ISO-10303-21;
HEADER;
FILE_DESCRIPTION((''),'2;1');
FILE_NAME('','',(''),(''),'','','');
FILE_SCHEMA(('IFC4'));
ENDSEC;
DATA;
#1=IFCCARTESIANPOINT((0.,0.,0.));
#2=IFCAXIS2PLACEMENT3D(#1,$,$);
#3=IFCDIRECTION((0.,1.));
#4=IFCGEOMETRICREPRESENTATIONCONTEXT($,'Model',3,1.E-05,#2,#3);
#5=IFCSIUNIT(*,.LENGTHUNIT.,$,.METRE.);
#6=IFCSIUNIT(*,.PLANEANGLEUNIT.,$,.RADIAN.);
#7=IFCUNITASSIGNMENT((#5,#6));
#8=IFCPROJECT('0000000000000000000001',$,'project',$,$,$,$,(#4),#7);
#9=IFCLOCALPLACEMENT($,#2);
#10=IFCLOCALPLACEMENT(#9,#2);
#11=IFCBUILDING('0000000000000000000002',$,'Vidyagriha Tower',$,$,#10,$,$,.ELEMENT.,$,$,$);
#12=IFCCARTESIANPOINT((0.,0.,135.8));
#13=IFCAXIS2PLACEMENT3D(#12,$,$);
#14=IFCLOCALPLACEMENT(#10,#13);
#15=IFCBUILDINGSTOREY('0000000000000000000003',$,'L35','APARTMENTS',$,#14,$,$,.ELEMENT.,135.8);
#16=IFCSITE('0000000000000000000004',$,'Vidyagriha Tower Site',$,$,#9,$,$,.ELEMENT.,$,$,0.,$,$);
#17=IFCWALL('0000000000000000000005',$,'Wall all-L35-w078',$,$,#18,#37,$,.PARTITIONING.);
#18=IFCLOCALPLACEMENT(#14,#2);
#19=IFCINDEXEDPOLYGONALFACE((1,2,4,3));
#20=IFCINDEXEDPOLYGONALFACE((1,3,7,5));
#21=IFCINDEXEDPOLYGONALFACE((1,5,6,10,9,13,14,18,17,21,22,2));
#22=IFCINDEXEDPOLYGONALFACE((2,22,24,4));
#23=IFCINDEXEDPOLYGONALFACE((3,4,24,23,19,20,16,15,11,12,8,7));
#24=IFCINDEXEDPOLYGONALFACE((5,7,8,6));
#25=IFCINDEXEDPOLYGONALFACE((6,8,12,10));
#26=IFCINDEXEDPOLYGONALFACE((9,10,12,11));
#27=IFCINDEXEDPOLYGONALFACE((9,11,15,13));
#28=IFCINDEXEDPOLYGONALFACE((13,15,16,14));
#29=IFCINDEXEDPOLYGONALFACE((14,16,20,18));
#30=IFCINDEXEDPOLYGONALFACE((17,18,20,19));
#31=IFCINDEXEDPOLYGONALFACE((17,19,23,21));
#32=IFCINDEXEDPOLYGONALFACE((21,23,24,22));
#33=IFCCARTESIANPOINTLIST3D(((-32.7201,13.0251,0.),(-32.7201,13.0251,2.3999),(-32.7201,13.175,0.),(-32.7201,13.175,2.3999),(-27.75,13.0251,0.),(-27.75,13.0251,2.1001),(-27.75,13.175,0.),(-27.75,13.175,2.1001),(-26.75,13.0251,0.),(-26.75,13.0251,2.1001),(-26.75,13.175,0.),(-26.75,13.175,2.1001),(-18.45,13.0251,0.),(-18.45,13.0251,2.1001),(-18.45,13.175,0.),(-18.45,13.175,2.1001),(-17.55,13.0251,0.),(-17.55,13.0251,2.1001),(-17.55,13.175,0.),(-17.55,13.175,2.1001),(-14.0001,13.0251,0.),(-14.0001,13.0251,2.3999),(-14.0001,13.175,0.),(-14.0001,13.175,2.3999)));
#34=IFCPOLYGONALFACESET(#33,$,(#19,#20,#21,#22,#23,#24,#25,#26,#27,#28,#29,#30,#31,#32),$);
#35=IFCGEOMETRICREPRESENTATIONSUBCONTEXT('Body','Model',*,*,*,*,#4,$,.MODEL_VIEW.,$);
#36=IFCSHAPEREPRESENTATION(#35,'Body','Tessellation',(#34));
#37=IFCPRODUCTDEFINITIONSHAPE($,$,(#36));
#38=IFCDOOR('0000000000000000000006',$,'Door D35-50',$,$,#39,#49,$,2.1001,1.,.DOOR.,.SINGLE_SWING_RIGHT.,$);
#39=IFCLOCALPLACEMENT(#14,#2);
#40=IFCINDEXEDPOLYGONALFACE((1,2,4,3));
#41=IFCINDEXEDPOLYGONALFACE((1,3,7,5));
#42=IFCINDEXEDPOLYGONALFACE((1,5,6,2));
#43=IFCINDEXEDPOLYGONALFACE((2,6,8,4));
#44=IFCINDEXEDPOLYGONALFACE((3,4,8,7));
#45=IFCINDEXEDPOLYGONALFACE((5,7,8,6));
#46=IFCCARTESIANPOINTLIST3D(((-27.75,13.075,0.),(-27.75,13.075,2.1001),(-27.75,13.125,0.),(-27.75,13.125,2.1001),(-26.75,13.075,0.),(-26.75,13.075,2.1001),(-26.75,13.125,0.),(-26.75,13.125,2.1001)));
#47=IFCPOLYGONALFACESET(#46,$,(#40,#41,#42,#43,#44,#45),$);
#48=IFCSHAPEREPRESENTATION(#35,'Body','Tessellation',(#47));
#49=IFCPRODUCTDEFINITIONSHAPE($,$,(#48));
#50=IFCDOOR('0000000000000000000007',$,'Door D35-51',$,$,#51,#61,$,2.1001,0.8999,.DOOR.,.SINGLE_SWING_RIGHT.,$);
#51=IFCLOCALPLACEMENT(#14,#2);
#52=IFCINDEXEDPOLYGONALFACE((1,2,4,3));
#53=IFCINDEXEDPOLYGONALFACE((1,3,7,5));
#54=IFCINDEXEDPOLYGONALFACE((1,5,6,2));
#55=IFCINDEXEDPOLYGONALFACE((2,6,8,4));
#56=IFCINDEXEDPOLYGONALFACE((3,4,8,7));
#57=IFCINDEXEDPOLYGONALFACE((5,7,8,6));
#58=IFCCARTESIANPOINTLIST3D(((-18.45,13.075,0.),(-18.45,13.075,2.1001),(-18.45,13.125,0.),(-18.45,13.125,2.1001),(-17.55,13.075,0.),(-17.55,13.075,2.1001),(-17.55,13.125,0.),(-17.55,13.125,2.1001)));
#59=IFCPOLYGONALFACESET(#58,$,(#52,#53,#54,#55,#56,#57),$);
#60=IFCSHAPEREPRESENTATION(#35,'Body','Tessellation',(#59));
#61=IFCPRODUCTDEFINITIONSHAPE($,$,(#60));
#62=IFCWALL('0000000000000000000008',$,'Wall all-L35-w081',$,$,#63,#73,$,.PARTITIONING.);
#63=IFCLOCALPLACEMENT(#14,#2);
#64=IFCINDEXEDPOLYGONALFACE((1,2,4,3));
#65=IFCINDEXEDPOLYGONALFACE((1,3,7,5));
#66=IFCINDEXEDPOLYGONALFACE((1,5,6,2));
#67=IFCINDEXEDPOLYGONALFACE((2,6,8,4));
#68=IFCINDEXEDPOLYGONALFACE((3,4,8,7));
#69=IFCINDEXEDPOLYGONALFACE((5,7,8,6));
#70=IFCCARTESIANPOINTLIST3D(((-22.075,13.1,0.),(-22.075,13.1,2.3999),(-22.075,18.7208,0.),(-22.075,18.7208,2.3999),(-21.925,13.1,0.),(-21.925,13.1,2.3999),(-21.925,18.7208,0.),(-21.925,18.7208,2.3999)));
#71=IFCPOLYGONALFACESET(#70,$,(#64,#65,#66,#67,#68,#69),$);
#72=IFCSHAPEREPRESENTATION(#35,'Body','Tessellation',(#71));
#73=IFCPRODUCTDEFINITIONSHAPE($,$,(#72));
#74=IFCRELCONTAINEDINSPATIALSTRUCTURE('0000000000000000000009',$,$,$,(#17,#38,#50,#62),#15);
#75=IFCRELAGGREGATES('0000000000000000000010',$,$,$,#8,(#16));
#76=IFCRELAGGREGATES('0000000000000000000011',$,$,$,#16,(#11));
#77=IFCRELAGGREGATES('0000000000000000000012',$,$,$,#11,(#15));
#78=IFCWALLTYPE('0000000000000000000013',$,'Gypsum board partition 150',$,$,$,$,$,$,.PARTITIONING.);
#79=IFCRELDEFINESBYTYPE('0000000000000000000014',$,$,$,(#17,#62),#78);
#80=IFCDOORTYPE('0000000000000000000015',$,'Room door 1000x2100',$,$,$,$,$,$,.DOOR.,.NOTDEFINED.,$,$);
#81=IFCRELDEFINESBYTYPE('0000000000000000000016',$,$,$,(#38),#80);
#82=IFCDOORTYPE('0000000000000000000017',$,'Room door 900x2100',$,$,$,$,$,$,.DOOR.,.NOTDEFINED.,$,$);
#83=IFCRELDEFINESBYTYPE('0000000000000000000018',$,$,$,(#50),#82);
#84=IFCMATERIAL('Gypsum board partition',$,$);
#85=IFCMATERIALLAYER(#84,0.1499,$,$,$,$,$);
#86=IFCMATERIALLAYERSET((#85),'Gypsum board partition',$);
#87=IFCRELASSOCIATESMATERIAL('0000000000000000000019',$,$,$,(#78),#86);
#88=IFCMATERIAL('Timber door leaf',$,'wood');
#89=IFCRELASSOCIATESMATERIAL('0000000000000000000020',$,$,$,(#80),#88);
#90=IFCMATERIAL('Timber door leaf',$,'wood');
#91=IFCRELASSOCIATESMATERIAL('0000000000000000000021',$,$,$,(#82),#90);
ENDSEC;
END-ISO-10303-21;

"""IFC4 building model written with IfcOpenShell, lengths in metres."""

from ifc_helpers import new_model, si_unit, direction, frame, frame_2d, origin, place, context, subcontext, project, spatial, rectangle, extrude, material, layer, layer_set, type_object, element, fill, save


model = new_model("IFC4")

# Units and contexts
model_context = context("Model", 3, precision=1e-05, world=origin(), true_north=direction((0.0, 1.0)))
body_context = subcontext(model_context, "Body", "Model", "MODEL_VIEW")
ifc_project = project(units=[si_unit("LENGTHUNIT", "METRE"), si_unit("PLANEANGLEUNIT", "RADIAN")], contexts=[model_context])

# Site, building, storey
site_placement = place(None, origin())
site = spatial("IfcSite", under=ifc_project, at=site_placement, Name="Vidyagriha Tower Site", CompositionType="ELEMENT", RefElevation=0.0)
building_placement = place(site_placement, origin())
building = spatial("IfcBuilding", under=site, at=building_placement, Name="Vidyagriha Tower", CompositionType="ELEMENT")
storey_placement = place(building_placement, frame((0.0, 0.0, 135.8)))
storey = spatial("IfcBuildingStorey", under=building, at=storey_placement, Name="L35", Description="APARTMENTS", CompositionType="ELEMENT", Elevation=135.8)

# Wall, openings, doors
ifc_material_1 = material(Name="Gypsum board partition")
ifc_layer_1 = layer(ifc_material_1, 0.1499)
ifc_layer_set_1 = layer_set([ifc_layer_1], Name="Gypsum board partition")
wall_type_1 = type_object("IfcWallType", Name="Gypsum board partition 150", PredefinedType="PARTITIONING", material=ifc_layer_set_1)
wall_1_placement = place(storey_placement, frame((-32.72, 13.1001, 0.0)))
wall_1 = element("IfcWall", 1, at=wall_1_placement, inside=storey, type_object=wall_type_1, Name="Wall all-L35-w078", PredefinedType="PARTITIONING", context=body_context, shape_type="SweptSolid", body=[
    extrude(rectangle(XDim=18.72, YDim=0.1499, at=frame_2d((9.3599, 0.0))), origin(), (0.0, 0.0, 1.0), 2.3999),
])
opening_1_placement = place(wall_1_placement, frame((4.97, 0.0, 0.0)))
opening_1 = element("IfcOpeningElement", 2, at=opening_1_placement, cuts=wall_1, PredefinedType="OPENING", context=body_context, shape_type="SweptSolid", body=[
    extrude(rectangle(XDim=1.0, YDim=2.1001, at=frame_2d((0.5, 1.05))), frame((0.0, 0.085, 0.0), z_axis=(0.0, -1.0, 0.0), x_axis=(1.0, 0.0, 0.0)), (0.0, 0.0, 1.0), 0.1699),
])
opening_2_placement = place(wall_1_placement, frame((14.27, 0.0, 0.0)))
opening_2 = element("IfcOpeningElement", 3, at=opening_2_placement, cuts=wall_1, PredefinedType="OPENING", context=body_context, shape_type="SweptSolid", body=[
    extrude(rectangle(XDim=0.8999, YDim=2.1001, at=frame_2d((0.45, 1.05))), frame((0.0, 0.085, 0.0), z_axis=(0.0, -1.0, 0.0), x_axis=(1.0, 0.0, 0.0)), (0.0, 0.0, 1.0), 0.1699),
])
ifc_material_2 = material(Name="Timber door leaf", Category="wood")
door_type_1 = type_object("IfcDoorType", Name="Room door 1000x2100", OperationType="NOTDEFINED", PredefinedType="DOOR", material=ifc_material_2)
door_1_placement = place(opening_1_placement, origin())
door_1 = element("IfcDoor", 4, at=door_1_placement, inside=storey, type_object=door_type_1, Name="Door D35-50", OperationType="SINGLE_SWING_RIGHT", OverallHeight=2.1001, OverallWidth=1.0, PredefinedType="DOOR", context=body_context, shape_type="SweptSolid", body=[
    extrude(rectangle(XDim=1.0, YDim=2.1001, at=frame_2d((0.5, 1.05))), frame((0.0, 0.0249, 0.0), z_axis=(0.0, -1.0, 0.0), x_axis=(1.0, 0.0, 0.0)), (0.0, 0.0, 1.0), 0.05),
])
fill(opening_1, door_1)
ifc_material_3 = material(Name="Timber door leaf", Category="wood")
door_type_2 = type_object("IfcDoorType", Name="Room door 900x2100", OperationType="NOTDEFINED", PredefinedType="DOOR", material=ifc_material_3)
door_2_placement = place(opening_2_placement, origin())
door_2 = element("IfcDoor", 5, at=door_2_placement, inside=storey, type_object=door_type_2, Name="Door D35-51", OperationType="SINGLE_SWING_RIGHT", OverallHeight=2.1001, OverallWidth=0.8999, PredefinedType="DOOR", context=body_context, shape_type="SweptSolid", body=[
    extrude(rectangle(XDim=0.8999, YDim=2.1001, at=frame_2d((0.45, 1.05))), frame((0.0, 0.0249, 0.0), z_axis=(0.0, -1.0, 0.0), x_axis=(1.0, 0.0, 0.0)), (0.0, 0.0, 1.0), 0.05),
])
fill(opening_2, door_2)

# Wall
wall_2_placement = place(storey_placement, frame((-22.0, 18.7209, 0.0), z_axis=(0.0, 0.0, 1.0), x_axis=(0.0, -1.0, 0.0)))
element("IfcWall", 6, at=wall_2_placement, inside=storey, type_object=wall_type_1, Name="Wall all-L35-w081", PredefinedType="PARTITIONING", context=body_context, shape_type="SweptSolid", body=[
    extrude(rectangle(XDim=5.6208, YDim=0.1499, at=frame_2d((2.8105, 0.0))), origin(), (0.0, 0.0, 1.0), 2.3999),
])

save(model, "model.ifc")
